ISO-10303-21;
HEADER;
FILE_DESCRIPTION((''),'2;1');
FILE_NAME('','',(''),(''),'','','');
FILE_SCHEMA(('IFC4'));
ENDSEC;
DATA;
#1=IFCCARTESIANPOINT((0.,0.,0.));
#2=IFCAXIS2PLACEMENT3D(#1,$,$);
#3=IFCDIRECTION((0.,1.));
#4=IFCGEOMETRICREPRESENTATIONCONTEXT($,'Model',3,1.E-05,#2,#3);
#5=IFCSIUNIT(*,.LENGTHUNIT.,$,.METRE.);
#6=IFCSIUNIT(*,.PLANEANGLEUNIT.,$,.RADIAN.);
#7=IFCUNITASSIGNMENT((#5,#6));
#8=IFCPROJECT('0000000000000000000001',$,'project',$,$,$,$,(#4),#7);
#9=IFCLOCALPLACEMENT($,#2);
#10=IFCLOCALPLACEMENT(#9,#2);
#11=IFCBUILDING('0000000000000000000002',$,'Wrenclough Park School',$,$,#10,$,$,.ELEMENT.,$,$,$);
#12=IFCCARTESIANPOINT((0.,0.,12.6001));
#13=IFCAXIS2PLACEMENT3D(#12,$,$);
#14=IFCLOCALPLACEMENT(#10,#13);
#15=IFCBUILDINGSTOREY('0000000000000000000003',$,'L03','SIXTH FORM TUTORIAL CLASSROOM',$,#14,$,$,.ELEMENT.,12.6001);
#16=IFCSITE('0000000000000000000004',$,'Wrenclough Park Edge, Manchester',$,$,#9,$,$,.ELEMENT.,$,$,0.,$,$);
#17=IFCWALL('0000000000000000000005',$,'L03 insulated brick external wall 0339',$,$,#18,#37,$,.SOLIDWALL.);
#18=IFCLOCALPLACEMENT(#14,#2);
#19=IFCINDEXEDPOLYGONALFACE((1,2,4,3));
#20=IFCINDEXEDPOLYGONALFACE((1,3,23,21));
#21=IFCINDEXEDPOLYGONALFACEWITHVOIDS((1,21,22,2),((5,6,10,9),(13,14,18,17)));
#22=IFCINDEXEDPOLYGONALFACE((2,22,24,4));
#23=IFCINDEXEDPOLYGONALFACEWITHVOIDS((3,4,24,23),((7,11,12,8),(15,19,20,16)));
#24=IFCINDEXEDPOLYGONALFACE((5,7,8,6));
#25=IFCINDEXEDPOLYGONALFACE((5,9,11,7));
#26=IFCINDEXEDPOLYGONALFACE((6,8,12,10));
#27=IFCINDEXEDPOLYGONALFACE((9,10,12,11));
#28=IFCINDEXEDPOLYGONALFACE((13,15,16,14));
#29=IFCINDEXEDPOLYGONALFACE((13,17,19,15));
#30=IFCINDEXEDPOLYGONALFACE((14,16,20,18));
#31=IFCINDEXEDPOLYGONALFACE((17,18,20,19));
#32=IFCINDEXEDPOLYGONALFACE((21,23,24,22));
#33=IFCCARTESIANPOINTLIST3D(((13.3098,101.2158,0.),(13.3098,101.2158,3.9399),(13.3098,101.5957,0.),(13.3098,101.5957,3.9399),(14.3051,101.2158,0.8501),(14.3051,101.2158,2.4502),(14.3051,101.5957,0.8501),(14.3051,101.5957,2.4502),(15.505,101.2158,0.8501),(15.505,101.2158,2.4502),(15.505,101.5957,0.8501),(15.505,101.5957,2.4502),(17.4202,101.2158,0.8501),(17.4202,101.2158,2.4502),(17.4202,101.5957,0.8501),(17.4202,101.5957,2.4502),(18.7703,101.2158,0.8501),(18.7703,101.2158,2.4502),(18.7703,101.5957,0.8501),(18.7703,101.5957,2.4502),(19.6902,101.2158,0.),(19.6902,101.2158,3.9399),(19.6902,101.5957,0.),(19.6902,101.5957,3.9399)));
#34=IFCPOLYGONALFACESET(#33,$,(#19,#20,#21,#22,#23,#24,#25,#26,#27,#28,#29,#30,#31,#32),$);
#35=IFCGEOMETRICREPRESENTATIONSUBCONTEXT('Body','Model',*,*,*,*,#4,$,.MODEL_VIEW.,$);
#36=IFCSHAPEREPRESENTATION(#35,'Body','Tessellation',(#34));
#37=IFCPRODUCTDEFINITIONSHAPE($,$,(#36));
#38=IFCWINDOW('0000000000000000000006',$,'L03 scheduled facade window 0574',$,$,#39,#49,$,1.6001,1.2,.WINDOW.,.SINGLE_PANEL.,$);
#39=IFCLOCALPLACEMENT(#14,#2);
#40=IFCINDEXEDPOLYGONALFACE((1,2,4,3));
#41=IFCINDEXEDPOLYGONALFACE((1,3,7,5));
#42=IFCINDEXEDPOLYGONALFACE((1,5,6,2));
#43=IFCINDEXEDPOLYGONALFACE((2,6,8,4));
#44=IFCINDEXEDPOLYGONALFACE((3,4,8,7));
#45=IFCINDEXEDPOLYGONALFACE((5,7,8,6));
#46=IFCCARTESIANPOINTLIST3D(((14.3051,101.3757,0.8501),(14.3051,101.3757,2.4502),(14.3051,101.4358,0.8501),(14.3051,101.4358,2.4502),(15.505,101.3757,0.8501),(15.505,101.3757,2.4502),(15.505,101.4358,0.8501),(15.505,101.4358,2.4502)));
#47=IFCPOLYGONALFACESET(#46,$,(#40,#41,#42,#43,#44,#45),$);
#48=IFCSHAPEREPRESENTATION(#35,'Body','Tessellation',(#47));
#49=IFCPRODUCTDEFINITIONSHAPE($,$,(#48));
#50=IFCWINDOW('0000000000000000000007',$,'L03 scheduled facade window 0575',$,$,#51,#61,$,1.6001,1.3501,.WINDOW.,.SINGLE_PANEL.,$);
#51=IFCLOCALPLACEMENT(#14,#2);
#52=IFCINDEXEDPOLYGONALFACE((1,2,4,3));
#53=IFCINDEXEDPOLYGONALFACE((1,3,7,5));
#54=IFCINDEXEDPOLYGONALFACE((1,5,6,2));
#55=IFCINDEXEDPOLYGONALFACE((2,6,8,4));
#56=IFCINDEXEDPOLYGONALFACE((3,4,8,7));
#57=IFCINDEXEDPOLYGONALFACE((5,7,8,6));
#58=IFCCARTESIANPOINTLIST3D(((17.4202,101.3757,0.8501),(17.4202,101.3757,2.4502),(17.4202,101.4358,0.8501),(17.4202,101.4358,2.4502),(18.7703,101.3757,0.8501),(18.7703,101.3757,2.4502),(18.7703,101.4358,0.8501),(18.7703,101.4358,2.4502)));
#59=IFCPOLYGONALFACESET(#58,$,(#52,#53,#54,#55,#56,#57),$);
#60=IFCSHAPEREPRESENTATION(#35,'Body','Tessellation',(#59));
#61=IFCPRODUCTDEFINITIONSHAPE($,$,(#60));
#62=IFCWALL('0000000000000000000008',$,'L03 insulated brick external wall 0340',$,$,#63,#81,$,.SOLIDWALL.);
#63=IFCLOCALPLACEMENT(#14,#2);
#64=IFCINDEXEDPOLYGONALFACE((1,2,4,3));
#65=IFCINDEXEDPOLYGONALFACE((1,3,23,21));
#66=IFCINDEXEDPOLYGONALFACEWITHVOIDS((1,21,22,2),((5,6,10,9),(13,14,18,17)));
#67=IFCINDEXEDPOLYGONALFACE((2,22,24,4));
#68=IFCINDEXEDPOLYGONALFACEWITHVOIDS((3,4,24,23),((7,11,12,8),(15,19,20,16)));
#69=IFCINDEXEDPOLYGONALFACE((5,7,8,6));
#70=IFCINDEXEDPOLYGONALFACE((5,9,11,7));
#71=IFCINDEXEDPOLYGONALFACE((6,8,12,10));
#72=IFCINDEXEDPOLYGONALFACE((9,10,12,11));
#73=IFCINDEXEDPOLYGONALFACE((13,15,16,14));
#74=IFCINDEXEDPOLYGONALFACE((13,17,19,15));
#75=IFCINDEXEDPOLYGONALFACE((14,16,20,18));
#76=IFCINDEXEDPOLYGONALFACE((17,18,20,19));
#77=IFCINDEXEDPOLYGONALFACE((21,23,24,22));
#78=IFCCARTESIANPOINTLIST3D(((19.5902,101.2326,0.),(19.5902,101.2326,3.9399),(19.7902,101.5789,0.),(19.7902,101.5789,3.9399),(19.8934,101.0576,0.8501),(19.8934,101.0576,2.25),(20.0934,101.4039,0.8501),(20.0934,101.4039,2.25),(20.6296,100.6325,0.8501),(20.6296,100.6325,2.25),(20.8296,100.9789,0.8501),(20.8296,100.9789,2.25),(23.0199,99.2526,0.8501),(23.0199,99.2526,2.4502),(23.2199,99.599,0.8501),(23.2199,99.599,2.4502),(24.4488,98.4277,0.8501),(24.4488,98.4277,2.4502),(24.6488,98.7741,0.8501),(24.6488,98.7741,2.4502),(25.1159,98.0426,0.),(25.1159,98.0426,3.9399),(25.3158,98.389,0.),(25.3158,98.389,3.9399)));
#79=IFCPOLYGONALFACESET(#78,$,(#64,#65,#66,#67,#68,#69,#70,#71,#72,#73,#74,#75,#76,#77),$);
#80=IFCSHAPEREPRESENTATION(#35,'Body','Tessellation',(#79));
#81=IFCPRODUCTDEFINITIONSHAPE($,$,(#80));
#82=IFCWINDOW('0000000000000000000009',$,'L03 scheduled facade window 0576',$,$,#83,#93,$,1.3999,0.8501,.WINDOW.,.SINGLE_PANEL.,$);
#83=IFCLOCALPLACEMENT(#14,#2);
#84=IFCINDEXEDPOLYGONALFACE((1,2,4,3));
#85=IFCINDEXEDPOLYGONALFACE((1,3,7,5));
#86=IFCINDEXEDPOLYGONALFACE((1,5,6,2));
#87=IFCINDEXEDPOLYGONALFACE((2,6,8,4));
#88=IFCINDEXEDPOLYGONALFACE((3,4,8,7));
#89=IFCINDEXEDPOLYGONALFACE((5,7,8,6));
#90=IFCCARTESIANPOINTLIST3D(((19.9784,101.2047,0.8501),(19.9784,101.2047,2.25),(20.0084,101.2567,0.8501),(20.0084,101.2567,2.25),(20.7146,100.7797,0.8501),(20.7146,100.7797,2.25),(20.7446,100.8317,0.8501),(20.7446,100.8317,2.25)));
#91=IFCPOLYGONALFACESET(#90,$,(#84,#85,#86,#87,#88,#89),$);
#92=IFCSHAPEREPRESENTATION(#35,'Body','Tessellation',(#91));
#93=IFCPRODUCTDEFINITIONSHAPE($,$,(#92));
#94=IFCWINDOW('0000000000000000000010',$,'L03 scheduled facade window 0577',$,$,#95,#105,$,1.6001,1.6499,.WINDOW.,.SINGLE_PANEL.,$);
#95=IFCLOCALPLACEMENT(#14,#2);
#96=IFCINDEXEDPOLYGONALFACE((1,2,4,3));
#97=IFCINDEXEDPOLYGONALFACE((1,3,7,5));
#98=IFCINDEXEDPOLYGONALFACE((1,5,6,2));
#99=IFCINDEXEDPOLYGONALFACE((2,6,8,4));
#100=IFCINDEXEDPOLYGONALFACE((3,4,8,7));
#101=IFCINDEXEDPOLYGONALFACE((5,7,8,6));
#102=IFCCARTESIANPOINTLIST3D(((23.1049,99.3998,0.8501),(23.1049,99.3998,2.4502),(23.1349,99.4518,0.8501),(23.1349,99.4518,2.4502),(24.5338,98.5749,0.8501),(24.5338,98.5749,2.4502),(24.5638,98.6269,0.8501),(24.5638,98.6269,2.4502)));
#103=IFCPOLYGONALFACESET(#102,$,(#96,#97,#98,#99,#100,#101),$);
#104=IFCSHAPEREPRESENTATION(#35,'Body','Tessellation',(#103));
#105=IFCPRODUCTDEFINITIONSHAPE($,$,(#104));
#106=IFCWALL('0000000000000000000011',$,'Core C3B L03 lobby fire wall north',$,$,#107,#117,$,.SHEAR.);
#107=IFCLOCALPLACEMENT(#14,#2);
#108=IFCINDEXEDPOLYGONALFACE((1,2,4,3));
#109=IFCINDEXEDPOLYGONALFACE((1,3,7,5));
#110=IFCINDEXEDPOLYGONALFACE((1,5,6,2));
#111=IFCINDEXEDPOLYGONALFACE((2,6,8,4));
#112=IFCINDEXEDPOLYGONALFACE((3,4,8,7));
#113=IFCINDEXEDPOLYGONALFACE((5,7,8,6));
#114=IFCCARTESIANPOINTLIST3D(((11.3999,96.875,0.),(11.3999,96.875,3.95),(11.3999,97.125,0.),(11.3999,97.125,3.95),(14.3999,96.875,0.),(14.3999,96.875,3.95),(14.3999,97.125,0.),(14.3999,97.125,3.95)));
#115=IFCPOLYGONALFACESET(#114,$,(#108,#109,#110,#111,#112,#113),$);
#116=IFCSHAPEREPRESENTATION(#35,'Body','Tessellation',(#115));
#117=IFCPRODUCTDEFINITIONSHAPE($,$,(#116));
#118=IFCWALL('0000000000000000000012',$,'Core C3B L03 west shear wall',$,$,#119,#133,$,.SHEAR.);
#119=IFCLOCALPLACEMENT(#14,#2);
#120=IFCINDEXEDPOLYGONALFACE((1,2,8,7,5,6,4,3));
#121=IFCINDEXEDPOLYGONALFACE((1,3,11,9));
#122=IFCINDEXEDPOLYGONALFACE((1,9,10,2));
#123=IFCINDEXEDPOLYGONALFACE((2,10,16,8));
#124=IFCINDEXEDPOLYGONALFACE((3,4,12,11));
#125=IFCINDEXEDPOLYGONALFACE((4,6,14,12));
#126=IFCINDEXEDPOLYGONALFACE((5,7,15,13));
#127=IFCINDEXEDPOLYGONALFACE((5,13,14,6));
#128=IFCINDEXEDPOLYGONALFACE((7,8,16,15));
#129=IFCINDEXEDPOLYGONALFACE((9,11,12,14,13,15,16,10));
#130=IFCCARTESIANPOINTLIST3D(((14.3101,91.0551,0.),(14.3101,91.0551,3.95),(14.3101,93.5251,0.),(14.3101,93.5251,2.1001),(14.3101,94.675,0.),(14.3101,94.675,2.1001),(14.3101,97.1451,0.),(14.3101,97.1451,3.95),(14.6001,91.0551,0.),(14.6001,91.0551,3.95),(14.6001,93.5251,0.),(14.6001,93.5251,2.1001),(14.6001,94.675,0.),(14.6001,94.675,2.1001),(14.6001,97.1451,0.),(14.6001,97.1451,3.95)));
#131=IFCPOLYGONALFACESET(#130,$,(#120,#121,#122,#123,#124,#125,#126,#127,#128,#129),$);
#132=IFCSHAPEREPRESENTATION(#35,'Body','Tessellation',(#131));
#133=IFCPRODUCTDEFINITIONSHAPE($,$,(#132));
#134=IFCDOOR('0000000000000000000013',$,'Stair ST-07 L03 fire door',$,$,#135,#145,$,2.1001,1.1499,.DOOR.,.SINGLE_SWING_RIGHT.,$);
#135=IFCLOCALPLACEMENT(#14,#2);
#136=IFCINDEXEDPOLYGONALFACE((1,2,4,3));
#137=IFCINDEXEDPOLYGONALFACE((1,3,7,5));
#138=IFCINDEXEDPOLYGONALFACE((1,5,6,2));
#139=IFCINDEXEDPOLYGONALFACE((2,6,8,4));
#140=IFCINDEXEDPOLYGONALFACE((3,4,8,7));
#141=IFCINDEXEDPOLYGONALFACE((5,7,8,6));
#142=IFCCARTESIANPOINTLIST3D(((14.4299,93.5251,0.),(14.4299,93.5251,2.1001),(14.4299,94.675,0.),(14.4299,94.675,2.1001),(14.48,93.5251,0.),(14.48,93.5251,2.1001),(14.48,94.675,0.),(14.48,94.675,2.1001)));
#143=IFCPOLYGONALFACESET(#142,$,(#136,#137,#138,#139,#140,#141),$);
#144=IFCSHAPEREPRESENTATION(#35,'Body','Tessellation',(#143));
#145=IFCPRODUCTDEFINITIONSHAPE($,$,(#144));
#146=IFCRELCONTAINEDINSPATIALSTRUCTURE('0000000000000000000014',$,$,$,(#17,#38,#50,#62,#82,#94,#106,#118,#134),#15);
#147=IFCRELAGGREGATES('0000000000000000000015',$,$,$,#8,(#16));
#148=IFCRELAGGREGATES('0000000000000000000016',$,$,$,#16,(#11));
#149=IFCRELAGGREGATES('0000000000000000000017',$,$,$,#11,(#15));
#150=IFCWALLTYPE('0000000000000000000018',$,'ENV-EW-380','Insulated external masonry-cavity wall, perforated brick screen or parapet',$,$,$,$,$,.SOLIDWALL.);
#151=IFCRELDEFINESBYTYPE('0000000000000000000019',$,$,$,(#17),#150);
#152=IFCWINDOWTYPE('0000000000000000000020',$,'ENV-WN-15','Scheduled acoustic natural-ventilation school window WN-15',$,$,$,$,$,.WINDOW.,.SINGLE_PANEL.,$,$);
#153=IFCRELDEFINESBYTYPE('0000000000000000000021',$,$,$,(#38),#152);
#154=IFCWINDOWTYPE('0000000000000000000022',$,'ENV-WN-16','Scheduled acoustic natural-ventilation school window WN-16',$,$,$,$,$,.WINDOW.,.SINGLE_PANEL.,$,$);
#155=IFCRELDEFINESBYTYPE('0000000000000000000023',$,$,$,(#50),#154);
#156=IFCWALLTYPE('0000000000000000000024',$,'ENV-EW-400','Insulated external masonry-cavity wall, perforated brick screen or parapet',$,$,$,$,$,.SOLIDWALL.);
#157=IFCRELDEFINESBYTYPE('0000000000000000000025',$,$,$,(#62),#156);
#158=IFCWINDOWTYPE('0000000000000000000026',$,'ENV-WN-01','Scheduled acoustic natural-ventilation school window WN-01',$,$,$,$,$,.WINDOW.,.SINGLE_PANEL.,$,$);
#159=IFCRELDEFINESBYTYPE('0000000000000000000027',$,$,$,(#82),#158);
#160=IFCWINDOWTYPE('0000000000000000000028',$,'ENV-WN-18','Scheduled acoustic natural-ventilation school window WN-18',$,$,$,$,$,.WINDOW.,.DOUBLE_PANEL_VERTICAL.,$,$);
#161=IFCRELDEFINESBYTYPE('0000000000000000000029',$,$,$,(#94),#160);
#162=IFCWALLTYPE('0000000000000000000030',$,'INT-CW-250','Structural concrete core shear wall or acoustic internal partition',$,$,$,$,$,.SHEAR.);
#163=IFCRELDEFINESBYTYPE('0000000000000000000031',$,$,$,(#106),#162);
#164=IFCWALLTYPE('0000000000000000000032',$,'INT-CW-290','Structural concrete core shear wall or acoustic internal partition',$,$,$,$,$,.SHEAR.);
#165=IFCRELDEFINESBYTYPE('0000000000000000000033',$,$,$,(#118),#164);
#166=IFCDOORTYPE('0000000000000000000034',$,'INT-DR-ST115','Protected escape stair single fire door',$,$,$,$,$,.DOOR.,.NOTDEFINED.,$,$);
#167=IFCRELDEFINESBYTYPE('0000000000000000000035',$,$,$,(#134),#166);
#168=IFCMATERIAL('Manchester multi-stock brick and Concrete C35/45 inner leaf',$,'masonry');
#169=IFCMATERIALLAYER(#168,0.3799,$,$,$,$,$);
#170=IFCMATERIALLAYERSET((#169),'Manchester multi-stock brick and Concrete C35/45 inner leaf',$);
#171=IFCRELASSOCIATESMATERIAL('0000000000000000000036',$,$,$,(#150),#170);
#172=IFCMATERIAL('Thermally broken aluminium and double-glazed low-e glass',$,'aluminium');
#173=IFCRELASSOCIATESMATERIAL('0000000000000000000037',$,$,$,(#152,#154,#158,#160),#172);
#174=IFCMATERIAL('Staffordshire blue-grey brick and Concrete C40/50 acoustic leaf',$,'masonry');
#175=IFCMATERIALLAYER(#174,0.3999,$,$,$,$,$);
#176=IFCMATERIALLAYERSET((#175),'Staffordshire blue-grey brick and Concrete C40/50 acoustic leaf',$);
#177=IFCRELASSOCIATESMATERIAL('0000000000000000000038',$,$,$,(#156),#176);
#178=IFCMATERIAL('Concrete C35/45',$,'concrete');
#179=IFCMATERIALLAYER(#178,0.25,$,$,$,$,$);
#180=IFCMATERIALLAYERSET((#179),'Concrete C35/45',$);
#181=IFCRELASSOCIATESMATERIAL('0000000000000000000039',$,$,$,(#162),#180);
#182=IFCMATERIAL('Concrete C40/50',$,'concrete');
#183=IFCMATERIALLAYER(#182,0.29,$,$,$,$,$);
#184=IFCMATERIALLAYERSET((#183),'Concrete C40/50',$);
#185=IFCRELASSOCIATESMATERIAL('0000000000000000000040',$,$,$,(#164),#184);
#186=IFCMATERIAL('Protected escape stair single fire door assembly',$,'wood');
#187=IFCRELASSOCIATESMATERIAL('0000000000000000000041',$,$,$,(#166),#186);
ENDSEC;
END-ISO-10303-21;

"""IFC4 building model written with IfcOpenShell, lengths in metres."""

from ifc_helpers import new_model, si_unit, direction, frame, frame_2d, origin, place, context, subcontext, project, spatial, rectangle, extrude, material, layer, layer_set, type_object, element, fill, save


model = new_model("IFC4")

# Units and contexts
model_context = context("Model", 3, precision=1e-05, world=origin(), true_north=direction((0.0, 1.0)))
body_context = subcontext(model_context, "Body", "Model", "MODEL_VIEW")
ifc_project = project(units=[si_unit("LENGTHUNIT", "METRE"), si_unit("PLANEANGLEUNIT", "RADIAN")], contexts=[model_context])

# Site, building, storey
site_placement = place(None, origin())
site = spatial("IfcSite", under=ifc_project, at=site_placement, Name="Wrenclough Park Edge, Manchester", CompositionType="ELEMENT", RefElevation=0.0)
building_placement = place(site_placement, origin())
building = spatial("IfcBuilding", under=site, at=building_placement, Name="Wrenclough Park School", CompositionType="ELEMENT")
storey_placement = place(building_placement, frame((0.0, 0.0, 12.6001)))
storey = spatial("IfcBuildingStorey", under=building, at=storey_placement, Name="L03", Description="SIXTH FORM TUTORIAL CLASSROOM", CompositionType="ELEMENT", Elevation=12.6001)

# Walls, openings, windows
ifc_material_1 = material(Name="Manchester multi-stock brick and Concrete C35/45 inner leaf", Category="masonry")
ifc_layer_1 = layer(ifc_material_1, 0.3799)
ifc_layer_set_1 = layer_set([ifc_layer_1], Name="Manchester multi-stock brick and Concrete C35/45 inner leaf")
wall_type_1 = type_object("IfcWallType", Name="ENV-EW-380", Description="Insulated external masonry-cavity wall, perforated brick screen or parapet", PredefinedType="SOLIDWALL", material=ifc_layer_set_1)
wall_1_placement = place(storey_placement, frame((13.3098, 101.4058, 0.0), z_axis=(0.0, 0.0, 1.0), x_axis=(1.0, 0.0, 0.0)))
wall_1 = element("IfcWall", 1, at=wall_1_placement, inside=storey, type_object=wall_type_1, Name="L03 insulated brick external wall 0339", PredefinedType="SOLIDWALL", context=body_context, shape_type="SweptSolid", body=[
    extrude(rectangle(XDim=6.3804, YDim=0.3799, at=frame_2d((3.1902, 0.0))), origin(), (0.0, 0.0, 1.0), 3.9399),
])
opening_1_placement = place(wall_1_placement, frame((0.9951, 0.0, 0.8501)))
opening_1 = element("IfcOpeningElement", 2, at=opening_1_placement, cuts=wall_1, PredefinedType="OPENING", context=body_context, shape_type="SweptSolid", body=[
    extrude(rectangle(XDim=1.2, YDim=1.6001, at=frame_2d((0.6001, 0.8))), frame((0.0, 0.2, 0.0), z_axis=(0.0, -1.0, 0.0), x_axis=(1.0, 0.0, 0.0)), (0.0, 0.0, 1.0), 0.3999),
])
opening_2_placement = place(wall_1_placement, frame((4.1104, 0.0, 0.8501)))
opening_2 = element("IfcOpeningElement", 3, at=opening_2_placement, cuts=wall_1, PredefinedType="OPENING", context=body_context, shape_type="SweptSolid", body=[
    extrude(rectangle(XDim=1.3501, YDim=1.6001, at=frame_2d((0.675, 0.8))), frame((0.0, 0.2, 0.0), z_axis=(0.0, -1.0, 0.0), x_axis=(1.0, 0.0, 0.0)), (0.0, 0.0, 1.0), 0.3999),
])
ifc_material_2 = material(Name="Thermally broken aluminium and double-glazed low-e glass", Category="aluminium")
window_type_1 = type_object("IfcWindowType", Name="ENV-WN-15", Description="Scheduled acoustic natural-ventilation school window WN-15", PartitioningType="SINGLE_PANEL", PredefinedType="WINDOW", material=ifc_material_2)
window_1_placement = place(opening_1_placement, origin())
window_1 = element("IfcWindow", 4, at=window_1_placement, inside=storey, type_object=window_type_1, Name="L03 scheduled facade window 0574", OverallHeight=1.6001, OverallWidth=1.2, PartitioningType="SINGLE_PANEL", PredefinedType="WINDOW", context=body_context, shape_type="SweptSolid", body=[
    extrude(rectangle(XDim=1.2, YDim=1.6001, at=frame_2d((0.6001, 0.8))), frame((0.0, 0.03, 0.0), z_axis=(0.0, -1.0, 0.0), x_axis=(1.0, 0.0, 0.0)), (0.0, 0.0, 1.0), 0.0601),
])
fill(opening_1, window_1)
window_type_2 = type_object("IfcWindowType", Name="ENV-WN-16", Description="Scheduled acoustic natural-ventilation school window WN-16", PartitioningType="SINGLE_PANEL", PredefinedType="WINDOW", material=ifc_material_2)
window_2_placement = place(opening_2_placement, origin())
window_2 = element("IfcWindow", 5, at=window_2_placement, inside=storey, type_object=window_type_2, Name="L03 scheduled facade window 0575", OverallHeight=1.6001, OverallWidth=1.3501, PartitioningType="SINGLE_PANEL", PredefinedType="WINDOW", context=body_context, shape_type="SweptSolid", body=[
    extrude(rectangle(XDim=1.3501, YDim=1.6001, at=frame_2d((0.675, 0.8))), frame((0.0, 0.03, 0.0), z_axis=(0.0, -1.0, 0.0), x_axis=(1.0, 0.0, 0.0)), (0.0, 0.0, 1.0), 0.0601),
])
fill(opening_2, window_2)
ifc_material_3 = material(Name="Staffordshire blue-grey brick and Concrete C40/50 acoustic leaf", Category="masonry")
ifc_layer_2 = layer(ifc_material_3, 0.3999)
ifc_layer_set_2 = layer_set([ifc_layer_2], Name="Staffordshire blue-grey brick and Concrete C40/50 acoustic leaf")
wall_type_2 = type_object("IfcWallType", Name="ENV-EW-400", Description="Insulated external masonry-cavity wall, perforated brick screen or parapet", PredefinedType="SOLIDWALL", material=ifc_layer_set_2)
wall_2_placement = place(storey_placement, frame((19.6902, 101.4058, 0.0), z_axis=(0.0, 0.0, 1.0), x_axis=(0.866045, -0.499966, 0.0)))
wall_2 = element("IfcWall", 6, at=wall_2_placement, inside=storey, type_object=wall_type_2, Name="L03 insulated brick external wall 0340", PredefinedType="SOLIDWALL", context=body_context, shape_type="SweptSolid", body=[
    extrude(rectangle(XDim=6.3804, YDim=0.3999, at=frame_2d((3.1902, 0.0))), origin(), (0.0, 0.0, 1.0), 3.9399),
])
opening_3_placement = place(wall_2_placement, frame((0.3501, 0.0, 0.8501)))
opening_3 = element("IfcOpeningElement", 7, at=opening_3_placement, cuts=wall_2, PredefinedType="OPENING", context=body_context, shape_type="SweptSolid", body=[
    extrude(rectangle(XDim=0.8501, YDim=1.3999, at=frame_2d((0.425, 0.7))), frame((0.0, 0.21, 0.0), z_axis=(0.0, -1.0, 0.0), x_axis=(1.0, 0.0, 0.0)), (0.0, 0.0, 1.0), 0.4199),
])
opening_4_placement = place(wall_2_placement, frame((3.9602, 0.0, 0.8501)))
opening_4 = element("IfcOpeningElement", 8, at=opening_4_placement, cuts=wall_2, PredefinedType="OPENING", context=body_context, shape_type="SweptSolid", body=[
    extrude(rectangle(XDim=1.6499, YDim=1.6001, at=frame_2d((0.825, 0.8))), frame((0.0, 0.21, 0.0), z_axis=(0.0, -1.0, 0.0), x_axis=(1.0, 0.0, 0.0)), (0.0, 0.0, 1.0), 0.4199),
])
window_type_3 = type_object("IfcWindowType", Name="ENV-WN-01", Description="Scheduled acoustic natural-ventilation school window WN-01", PartitioningType="SINGLE_PANEL", PredefinedType="WINDOW", material=ifc_material_2)
window_3_placement = place(opening_3_placement, origin())
window_3 = element("IfcWindow", 9, at=window_3_placement, inside=storey, type_object=window_type_3, Name="L03 scheduled facade window 0576", OverallHeight=1.3999, OverallWidth=0.8501, PartitioningType="SINGLE_PANEL", PredefinedType="WINDOW", context=body_context, shape_type="SweptSolid", body=[
    extrude(rectangle(XDim=0.8501, YDim=1.3999, at=frame_2d((0.425, 0.7))), frame((0.0, 0.03, 0.0), z_axis=(0.0, -1.0, 0.0), x_axis=(1.0, 0.0, 0.0)), (0.0, 0.0, 1.0), 0.0601),
])
fill(opening_3, window_3)
window_type_4 = type_object("IfcWindowType", Name="ENV-WN-18", Description="Scheduled acoustic natural-ventilation school window WN-18", PartitioningType="DOUBLE_PANEL_VERTICAL", PredefinedType="WINDOW", material=ifc_material_2)
window_4_placement = place(opening_4_placement, origin())
window_4 = element("IfcWindow", 10, at=window_4_placement, inside=storey, type_object=window_type_4, Name="L03 scheduled facade window 0577", OverallHeight=1.6001, OverallWidth=1.6499, PartitioningType="SINGLE_PANEL", PredefinedType="WINDOW", context=body_context, shape_type="SweptSolid", body=[
    extrude(rectangle(XDim=1.6499, YDim=1.6001, at=frame_2d((0.825, 0.8))), frame((0.0, 0.03, 0.0), z_axis=(0.0, -1.0, 0.0), x_axis=(1.0, 0.0, 0.0)), (0.0, 0.0, 1.0), 0.0601),
])
fill(opening_4, window_4)

# Wall
ifc_material_4 = material(Name="Concrete C35/45", Category="concrete")
ifc_layer_3 = layer(ifc_material_4, 0.25)
ifc_layer_set_3 = layer_set([ifc_layer_3], Name="Concrete C35/45")
wall_type_3 = type_object("IfcWallType", Name="INT-CW-250", Description="Structural concrete core shear wall or acoustic internal partition", PredefinedType="SHEAR", material=ifc_layer_set_3)
wall_3_placement = place(storey_placement, frame((14.3999, 97.0, 0.0), z_axis=(0.0, 0.0, 1.0), x_axis=(-1.0, 0.0, 0.0)))
element("IfcWall", 11, at=wall_3_placement, inside=storey, type_object=wall_type_3, Name="Core C3B L03 lobby fire wall north", PredefinedType="SHEAR", context=body_context, shape_type="SweptSolid", body=[
    extrude(rectangle(XDim=3.0, YDim=0.25, at=frame_2d((1.5, 0.0))), origin(), (0.0, 0.0, 1.0), 3.95),
])

# Wall, opening, door
ifc_material_5 = material(Name="Concrete C40/50", Category="concrete")
ifc_layer_4 = layer(ifc_material_5, 0.29)
ifc_layer_set_4 = layer_set([ifc_layer_4], Name="Concrete C40/50")
wall_type_4 = type_object("IfcWallType", Name="INT-CW-290", Description="Structural concrete core shear wall or acoustic internal partition", PredefinedType="SHEAR", material=ifc_layer_set_4)
wall_4_placement = place(storey_placement, frame((14.4551, 97.145, 0.0), z_axis=(0.0, 0.0, 1.0), x_axis=(0.0, -1.0, 0.0)))
wall_4 = element("IfcWall", 12, at=wall_4_placement, inside=storey, type_object=wall_type_4, Name="Core C3B L03 west shear wall", PredefinedType="SHEAR", context=body_context, shape_type="SweptSolid", body=[
    extrude(rectangle(XDim=6.0901, YDim=0.29, at=frame_2d((3.0449, 0.0))), origin(), (0.0, 0.0, 1.0), 3.95),
])
opening_5_placement = place(wall_4_placement, frame((2.47, 0.0, 0.0)))
opening_5 = element("IfcOpeningElement", 13, at=opening_5_placement, cuts=wall_4, PredefinedType="OPENING", context=body_context, shape_type="SweptSolid", body=[
    extrude(rectangle(XDim=1.1499, YDim=2.1001, at=frame_2d((0.575, 1.05))), frame((0.0, 0.155, 0.0), z_axis=(0.0, -1.0, 0.0), x_axis=(1.0, 0.0, 0.0)), (0.0, 0.0, 1.0), 0.3101),
])
ifc_material_6 = material(Name="Protected escape stair single fire door assembly", Category="wood")
door_type_1 = type_object("IfcDoorType", Name="INT-DR-ST115", Description="Protected escape stair single fire door", OperationType="NOTDEFINED", PredefinedType="DOOR", material=ifc_material_6)
door_1_placement = place(opening_5_placement, origin())
door_1 = element("IfcDoor", 14, at=door_1_placement, inside=storey, type_object=door_type_1, Name="Stair ST-07 L03 fire door", OperationType="SINGLE_SWING_RIGHT", OverallHeight=2.1001, OverallWidth=1.1499, PredefinedType="DOOR", context=body_context, shape_type="SweptSolid", body=[
    extrude(rectangle(XDim=1.1499, YDim=2.1001, at=frame_2d((0.575, 1.05))), frame((0.0, 0.0249, 0.0), z_axis=(0.0, -1.0, 0.0), x_axis=(1.0, 0.0, 0.0)), (0.0, 0.0, 1.0), 0.05),
])
fill(opening_5, door_1)

save(model, "model.ifc")
